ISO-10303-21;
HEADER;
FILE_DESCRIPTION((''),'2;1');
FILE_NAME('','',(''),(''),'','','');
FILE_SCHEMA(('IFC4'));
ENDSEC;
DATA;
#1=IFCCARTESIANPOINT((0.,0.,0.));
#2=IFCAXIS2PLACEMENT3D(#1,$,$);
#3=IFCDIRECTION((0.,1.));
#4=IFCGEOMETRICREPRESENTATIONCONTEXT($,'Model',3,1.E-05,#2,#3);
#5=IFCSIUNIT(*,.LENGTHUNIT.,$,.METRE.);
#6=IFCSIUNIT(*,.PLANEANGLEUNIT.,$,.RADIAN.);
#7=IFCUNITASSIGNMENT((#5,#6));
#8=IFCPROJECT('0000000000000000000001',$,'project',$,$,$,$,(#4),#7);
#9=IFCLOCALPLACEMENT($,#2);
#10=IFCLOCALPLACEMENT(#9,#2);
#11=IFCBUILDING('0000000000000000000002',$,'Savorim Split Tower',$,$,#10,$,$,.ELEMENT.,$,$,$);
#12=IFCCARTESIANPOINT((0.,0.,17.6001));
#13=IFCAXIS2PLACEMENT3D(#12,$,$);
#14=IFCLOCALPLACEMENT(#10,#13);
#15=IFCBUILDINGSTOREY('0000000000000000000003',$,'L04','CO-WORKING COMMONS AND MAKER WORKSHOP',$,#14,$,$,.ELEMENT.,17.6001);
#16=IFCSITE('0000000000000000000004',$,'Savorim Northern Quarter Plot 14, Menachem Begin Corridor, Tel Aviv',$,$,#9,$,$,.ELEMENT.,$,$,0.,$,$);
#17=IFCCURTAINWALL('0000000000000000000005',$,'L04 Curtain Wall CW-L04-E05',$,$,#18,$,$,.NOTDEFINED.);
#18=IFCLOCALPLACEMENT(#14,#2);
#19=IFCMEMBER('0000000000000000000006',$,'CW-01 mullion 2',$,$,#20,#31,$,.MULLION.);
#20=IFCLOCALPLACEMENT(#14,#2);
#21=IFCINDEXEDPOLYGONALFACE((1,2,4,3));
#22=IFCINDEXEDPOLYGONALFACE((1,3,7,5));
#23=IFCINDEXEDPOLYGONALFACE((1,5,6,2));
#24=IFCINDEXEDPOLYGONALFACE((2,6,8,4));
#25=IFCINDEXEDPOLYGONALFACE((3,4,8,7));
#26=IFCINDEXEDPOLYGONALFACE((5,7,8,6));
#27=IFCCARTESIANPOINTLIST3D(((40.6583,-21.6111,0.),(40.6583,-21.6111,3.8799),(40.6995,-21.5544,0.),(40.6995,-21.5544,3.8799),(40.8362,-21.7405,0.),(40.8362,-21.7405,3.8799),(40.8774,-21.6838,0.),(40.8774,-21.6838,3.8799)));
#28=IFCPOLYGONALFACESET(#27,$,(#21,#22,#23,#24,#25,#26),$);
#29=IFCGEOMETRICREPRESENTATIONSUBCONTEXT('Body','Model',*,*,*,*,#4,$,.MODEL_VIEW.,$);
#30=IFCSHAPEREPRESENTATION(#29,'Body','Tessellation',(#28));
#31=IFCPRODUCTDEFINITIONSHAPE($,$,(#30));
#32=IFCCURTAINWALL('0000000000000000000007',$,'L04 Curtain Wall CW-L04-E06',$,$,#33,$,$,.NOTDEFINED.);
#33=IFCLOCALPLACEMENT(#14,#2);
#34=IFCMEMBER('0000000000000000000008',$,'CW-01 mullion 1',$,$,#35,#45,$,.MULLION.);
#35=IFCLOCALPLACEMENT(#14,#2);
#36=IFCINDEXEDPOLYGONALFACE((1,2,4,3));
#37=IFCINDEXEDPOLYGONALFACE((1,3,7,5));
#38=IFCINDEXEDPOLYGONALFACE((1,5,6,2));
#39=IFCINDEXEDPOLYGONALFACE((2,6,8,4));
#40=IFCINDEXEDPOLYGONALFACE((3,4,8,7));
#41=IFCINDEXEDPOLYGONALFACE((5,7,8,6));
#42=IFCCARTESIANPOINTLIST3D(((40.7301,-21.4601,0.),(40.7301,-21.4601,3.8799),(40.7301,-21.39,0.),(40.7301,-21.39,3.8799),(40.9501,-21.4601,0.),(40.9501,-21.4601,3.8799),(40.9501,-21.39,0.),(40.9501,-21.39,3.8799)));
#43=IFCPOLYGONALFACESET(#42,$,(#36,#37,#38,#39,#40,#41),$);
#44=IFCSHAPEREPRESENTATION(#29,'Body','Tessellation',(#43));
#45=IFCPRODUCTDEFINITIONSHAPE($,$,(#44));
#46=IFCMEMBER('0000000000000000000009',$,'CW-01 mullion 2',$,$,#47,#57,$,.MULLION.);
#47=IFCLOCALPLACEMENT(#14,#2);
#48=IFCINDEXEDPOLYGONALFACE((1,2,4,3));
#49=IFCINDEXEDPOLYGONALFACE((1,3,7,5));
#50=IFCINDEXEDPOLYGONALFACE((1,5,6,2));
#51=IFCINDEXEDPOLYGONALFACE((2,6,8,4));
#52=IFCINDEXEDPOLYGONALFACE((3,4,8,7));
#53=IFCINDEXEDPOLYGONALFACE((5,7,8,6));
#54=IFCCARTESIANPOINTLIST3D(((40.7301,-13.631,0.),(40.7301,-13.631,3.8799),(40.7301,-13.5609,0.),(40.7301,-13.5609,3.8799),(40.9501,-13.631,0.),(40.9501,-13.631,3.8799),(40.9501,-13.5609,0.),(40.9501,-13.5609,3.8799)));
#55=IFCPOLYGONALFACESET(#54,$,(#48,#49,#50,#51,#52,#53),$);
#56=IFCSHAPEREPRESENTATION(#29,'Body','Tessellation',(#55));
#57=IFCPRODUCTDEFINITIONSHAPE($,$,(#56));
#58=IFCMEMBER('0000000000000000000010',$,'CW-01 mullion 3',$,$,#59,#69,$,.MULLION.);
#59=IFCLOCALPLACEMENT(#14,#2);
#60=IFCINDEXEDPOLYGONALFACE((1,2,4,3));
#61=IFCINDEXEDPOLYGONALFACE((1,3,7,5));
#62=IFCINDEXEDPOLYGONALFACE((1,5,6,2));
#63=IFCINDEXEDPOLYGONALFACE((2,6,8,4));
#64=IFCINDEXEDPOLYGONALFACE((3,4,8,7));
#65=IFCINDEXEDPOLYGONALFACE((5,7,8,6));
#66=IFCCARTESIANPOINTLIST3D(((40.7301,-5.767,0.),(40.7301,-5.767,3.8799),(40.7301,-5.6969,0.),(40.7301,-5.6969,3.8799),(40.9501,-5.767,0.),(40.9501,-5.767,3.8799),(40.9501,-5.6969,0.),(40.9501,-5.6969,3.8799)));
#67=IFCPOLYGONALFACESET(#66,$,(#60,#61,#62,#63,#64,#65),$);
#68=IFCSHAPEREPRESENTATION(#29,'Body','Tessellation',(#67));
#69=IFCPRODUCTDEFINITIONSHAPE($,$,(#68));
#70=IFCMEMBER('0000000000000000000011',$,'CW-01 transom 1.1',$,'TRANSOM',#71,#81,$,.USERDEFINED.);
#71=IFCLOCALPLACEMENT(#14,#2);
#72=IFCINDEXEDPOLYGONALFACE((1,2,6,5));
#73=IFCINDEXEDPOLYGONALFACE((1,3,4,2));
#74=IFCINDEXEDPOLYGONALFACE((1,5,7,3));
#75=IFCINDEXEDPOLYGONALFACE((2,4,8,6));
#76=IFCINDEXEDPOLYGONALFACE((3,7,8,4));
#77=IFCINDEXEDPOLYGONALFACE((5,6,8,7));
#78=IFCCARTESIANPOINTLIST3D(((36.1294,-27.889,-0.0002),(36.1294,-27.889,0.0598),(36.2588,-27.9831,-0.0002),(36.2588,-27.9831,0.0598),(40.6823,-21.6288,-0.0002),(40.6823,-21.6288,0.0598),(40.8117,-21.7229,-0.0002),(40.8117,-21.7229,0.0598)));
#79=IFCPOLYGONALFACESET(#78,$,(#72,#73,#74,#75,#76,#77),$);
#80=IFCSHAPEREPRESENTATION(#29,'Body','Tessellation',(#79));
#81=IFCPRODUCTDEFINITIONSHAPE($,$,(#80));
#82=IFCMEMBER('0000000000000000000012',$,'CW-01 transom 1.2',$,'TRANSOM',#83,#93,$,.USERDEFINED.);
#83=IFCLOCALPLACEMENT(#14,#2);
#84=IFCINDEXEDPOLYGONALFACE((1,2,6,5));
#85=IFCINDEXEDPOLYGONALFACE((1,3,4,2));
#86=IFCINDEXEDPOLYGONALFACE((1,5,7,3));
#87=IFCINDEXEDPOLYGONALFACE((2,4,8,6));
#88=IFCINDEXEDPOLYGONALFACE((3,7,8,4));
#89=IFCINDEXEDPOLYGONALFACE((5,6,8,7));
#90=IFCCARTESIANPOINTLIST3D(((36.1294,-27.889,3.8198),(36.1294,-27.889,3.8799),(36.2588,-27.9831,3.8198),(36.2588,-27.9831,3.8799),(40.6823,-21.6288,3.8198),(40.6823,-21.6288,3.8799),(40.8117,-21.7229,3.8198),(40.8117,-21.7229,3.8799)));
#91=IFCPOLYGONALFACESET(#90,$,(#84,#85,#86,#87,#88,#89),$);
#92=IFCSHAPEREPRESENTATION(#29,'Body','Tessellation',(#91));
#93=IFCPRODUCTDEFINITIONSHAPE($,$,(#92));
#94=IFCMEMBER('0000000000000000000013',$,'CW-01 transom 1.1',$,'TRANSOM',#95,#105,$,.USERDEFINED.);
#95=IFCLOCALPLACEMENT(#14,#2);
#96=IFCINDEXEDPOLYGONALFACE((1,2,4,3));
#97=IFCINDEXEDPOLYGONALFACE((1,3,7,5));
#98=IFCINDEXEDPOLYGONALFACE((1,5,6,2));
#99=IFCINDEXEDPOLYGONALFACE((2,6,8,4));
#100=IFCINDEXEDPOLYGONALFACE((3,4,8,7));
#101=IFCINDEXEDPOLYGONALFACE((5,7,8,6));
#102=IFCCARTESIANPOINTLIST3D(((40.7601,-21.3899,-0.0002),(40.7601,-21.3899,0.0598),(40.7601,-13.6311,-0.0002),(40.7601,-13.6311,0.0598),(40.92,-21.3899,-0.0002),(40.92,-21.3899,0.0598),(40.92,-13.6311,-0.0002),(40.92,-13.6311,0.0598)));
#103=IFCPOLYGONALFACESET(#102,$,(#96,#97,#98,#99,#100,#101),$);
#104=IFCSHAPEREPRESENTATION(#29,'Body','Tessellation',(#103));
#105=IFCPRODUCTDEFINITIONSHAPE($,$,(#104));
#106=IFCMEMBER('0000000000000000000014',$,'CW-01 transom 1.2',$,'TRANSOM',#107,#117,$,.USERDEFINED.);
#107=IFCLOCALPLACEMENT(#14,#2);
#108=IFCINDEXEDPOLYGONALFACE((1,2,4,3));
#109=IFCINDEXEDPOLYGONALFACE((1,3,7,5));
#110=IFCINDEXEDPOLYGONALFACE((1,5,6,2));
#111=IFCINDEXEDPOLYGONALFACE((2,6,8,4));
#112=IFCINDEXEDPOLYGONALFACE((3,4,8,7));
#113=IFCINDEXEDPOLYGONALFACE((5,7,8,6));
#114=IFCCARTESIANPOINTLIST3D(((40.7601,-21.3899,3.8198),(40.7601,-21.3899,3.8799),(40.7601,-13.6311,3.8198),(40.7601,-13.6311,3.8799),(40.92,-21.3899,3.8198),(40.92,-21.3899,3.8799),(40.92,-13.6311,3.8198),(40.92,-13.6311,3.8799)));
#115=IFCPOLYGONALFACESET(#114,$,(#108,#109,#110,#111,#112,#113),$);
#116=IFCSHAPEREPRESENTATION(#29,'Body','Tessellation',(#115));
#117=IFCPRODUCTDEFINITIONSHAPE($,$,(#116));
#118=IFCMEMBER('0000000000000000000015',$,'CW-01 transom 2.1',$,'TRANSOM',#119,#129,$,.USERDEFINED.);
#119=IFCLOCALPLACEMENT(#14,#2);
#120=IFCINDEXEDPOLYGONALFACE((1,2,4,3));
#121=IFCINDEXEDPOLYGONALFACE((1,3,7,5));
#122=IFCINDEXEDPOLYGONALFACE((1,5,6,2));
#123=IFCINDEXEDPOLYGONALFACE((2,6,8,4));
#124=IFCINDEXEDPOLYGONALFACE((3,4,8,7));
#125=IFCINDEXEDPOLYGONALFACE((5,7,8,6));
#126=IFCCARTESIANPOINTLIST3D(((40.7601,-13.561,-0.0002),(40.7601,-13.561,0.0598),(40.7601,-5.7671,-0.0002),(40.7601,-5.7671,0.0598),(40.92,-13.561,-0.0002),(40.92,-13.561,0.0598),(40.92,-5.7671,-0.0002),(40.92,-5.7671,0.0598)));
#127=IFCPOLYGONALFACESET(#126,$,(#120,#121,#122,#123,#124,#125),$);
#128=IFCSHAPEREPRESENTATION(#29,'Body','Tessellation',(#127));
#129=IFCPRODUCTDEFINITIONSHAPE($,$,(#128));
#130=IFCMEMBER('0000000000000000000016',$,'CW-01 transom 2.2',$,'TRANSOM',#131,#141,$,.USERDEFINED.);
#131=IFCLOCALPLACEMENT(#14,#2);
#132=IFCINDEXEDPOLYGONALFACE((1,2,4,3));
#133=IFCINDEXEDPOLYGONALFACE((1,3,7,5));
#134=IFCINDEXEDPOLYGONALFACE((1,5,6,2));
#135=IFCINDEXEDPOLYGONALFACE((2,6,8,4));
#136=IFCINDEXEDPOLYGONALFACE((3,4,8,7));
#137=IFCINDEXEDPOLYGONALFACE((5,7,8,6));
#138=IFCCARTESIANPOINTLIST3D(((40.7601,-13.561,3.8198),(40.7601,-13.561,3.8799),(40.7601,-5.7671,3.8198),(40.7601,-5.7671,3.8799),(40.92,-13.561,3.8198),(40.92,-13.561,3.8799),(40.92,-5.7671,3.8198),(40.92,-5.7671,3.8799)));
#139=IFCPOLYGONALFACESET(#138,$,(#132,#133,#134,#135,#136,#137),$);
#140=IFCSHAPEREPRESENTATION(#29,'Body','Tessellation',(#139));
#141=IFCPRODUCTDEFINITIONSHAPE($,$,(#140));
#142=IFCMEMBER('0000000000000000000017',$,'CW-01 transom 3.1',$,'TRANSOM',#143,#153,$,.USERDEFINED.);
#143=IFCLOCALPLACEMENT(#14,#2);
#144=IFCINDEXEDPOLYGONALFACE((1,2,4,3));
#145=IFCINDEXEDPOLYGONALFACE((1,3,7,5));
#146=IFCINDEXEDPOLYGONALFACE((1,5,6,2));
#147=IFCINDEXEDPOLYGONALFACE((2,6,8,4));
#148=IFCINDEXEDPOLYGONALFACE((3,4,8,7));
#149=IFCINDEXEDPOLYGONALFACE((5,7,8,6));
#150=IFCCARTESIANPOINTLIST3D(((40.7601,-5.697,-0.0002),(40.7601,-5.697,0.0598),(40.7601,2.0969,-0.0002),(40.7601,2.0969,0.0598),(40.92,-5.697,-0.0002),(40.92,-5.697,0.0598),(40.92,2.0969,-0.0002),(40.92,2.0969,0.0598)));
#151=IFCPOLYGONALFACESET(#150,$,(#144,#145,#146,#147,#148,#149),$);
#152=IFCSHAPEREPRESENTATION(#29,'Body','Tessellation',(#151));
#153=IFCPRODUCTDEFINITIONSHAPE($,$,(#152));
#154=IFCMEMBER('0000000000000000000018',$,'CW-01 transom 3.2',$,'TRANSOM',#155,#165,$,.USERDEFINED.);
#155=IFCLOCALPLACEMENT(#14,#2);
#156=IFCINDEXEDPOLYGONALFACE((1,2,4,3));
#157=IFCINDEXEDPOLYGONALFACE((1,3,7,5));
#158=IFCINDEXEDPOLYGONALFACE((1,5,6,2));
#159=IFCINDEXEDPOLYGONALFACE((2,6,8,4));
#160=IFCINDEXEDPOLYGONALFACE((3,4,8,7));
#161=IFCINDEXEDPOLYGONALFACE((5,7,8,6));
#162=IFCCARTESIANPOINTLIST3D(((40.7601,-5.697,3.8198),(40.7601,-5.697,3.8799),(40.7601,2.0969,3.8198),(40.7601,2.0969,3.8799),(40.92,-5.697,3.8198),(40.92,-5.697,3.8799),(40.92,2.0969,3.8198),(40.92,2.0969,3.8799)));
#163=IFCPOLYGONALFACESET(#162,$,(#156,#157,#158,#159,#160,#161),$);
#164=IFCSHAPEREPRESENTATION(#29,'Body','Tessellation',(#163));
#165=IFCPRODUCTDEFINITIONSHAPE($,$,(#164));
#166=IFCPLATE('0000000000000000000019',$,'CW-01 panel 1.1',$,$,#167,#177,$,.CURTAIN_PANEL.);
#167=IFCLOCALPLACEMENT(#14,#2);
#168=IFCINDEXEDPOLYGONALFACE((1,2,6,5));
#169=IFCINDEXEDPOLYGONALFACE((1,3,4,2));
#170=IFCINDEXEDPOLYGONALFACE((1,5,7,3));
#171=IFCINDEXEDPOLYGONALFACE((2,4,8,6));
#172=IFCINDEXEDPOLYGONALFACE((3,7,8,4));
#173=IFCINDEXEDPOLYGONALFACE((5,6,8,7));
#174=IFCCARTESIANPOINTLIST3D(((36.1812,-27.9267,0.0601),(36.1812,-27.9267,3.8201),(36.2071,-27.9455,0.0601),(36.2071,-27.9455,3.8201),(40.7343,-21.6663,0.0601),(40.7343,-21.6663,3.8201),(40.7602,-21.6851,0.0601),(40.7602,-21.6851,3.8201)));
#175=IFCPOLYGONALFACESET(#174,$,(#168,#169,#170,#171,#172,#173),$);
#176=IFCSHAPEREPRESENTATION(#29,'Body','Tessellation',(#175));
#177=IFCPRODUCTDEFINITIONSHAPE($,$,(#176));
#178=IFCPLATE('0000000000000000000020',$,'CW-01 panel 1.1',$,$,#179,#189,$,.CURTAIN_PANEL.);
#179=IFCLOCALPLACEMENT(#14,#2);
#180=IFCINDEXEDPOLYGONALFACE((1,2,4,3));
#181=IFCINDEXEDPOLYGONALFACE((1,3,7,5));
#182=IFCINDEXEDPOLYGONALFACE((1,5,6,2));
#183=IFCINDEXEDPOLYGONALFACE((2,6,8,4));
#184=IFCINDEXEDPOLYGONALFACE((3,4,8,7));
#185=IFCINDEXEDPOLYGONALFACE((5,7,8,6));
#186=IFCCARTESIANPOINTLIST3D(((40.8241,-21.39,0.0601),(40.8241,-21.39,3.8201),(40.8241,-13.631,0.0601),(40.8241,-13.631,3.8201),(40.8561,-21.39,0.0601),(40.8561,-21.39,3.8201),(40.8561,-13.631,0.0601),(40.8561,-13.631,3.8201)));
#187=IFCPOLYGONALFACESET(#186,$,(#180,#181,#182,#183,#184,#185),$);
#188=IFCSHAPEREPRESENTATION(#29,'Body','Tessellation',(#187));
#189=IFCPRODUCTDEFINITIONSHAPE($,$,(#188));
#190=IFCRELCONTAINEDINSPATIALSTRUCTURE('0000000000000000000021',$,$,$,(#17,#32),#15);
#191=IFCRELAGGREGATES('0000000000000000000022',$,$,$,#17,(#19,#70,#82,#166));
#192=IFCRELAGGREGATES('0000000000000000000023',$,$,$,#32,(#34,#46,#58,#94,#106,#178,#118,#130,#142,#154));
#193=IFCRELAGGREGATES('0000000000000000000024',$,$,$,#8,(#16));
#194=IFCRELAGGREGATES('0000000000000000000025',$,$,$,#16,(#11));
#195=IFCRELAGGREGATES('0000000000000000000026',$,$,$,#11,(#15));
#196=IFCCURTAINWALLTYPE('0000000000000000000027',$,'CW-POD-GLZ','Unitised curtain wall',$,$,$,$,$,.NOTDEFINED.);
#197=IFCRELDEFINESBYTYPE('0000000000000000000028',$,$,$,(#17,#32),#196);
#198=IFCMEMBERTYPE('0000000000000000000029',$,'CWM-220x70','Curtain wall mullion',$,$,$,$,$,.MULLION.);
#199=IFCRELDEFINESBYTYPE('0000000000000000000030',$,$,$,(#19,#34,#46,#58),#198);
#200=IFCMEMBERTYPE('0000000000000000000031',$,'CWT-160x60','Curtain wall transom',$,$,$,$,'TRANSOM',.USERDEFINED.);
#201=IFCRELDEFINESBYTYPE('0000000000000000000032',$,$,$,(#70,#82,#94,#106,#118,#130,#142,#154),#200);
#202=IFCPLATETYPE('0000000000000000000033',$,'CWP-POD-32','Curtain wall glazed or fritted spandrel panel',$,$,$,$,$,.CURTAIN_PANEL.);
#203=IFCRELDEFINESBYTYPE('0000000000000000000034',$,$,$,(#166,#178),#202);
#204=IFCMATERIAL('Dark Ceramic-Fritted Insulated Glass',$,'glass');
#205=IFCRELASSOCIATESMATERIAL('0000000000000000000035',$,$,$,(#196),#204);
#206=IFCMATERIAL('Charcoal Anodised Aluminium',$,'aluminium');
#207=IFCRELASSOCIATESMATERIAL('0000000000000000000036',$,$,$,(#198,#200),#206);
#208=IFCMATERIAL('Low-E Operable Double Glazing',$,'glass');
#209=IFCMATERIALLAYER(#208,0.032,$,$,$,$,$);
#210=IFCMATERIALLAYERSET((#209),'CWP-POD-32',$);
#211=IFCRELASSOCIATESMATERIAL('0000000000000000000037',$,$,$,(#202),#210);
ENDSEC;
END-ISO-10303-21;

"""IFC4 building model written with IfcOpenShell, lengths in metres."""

from ifc_helpers import new_model, si_unit, direction, frame, origin, origin_2d, place, context, subcontext, project, spatial, rectangle, extrude, material, layer, layer_set, material_profile, profile_set, type_object, element, aggregate, save


model = new_model("IFC4")

# Units and contexts
model_context = context("Model", 3, precision=1e-05, world=origin(), true_north=direction((0.0, 1.0)))
body_context = subcontext(model_context, "Body", "Model", "MODEL_VIEW")
ifc_project = project(units=[si_unit("LENGTHUNIT", "METRE"), si_unit("PLANEANGLEUNIT", "RADIAN")], contexts=[model_context])

# Site, building, storey
site_placement = place(None, origin())
site = spatial("IfcSite", under=ifc_project, at=site_placement, Name="Savorim Northern Quarter Plot 14, Menachem Begin Corridor, Tel Aviv", CompositionType="ELEMENT", RefElevation=0.0)
building_placement = place(site_placement, origin())
building = spatial("IfcBuilding", under=site, at=building_placement, Name="Savorim Split Tower", CompositionType="ELEMENT")
storey_placement = place(building_placement, frame((0.0, 0.0, 17.6001)))
storey = spatial("IfcBuildingStorey", under=building, at=storey_placement, Name="L04", Description="CO-WORKING COMMONS AND MAKER WORKSHOP", CompositionType="ELEMENT", Elevation=17.6001)

# Shared definitions
ifc_material_1 = material(Name="Dark Ceramic-Fritted Insulated Glass", Category="glass")
curtain_wall_type = type_object("IfcCurtainWallType", Name="CW-POD-GLZ", Description="Unitised curtain wall", PredefinedType="NOTDEFINED", material=ifc_material_1)
ifc_material_2 = material(Name="Charcoal Anodised Aluminium", Category="aluminium")
ifc_material_profile_1 = material_profile(ifc_material_2, rectangle(XDim=0.22, YDim=0.0701, at=origin_2d()), Name="ALU-M 220x70")
ifc_profile_set_1 = profile_set([ifc_material_profile_1], Name="Charcoal Anodised Aluminium")
member_type_1 = type_object("IfcMemberType", Name="CWM-220x70", Description="Curtain wall mullion", PredefinedType="MULLION", material=ifc_profile_set_1)

# Curtain walls, members
curtain_wall_1_placement = place(storey_placement, origin())
curtain_wall_1 = element("IfcCurtainWall", 1, at=curtain_wall_1_placement, inside=storey, type_object=curtain_wall_type, Name="L04 Curtain Wall CW-L04-E05", PredefinedType="NOTDEFINED")
member_1_placement = place(storey_placement, frame((40.7678, -21.6475, 0.0), z_axis=(0.0, 0.0, 1.0), x_axis=(-0.808733, 0.588176, 0.0)))
member_1 = element("IfcMember", 2, at=member_1_placement, type_object=member_type_1, Name="CW-01 mullion 2", PredefinedType="MULLION", context=body_context, shape_type="SweptSolid", body=[
    extrude(rectangle(XDim=0.22, YDim=0.0701, at=origin_2d()), origin(), (0.0, 0.0, 1.0), 3.8799),
])
curtain_wall_2_placement = place(storey_placement, origin())
curtain_wall_2 = element("IfcCurtainWall", 3, at=curtain_wall_2_placement, inside=storey, type_object=curtain_wall_type, Name="L04 Curtain Wall CW-L04-E06", PredefinedType="NOTDEFINED")
member_2_placement = place(storey_placement, frame((40.8401, -21.425, 0.0), z_axis=(0.0, 0.0, 1.0), x_axis=(-1.0, 0.0, 0.0)))
member_2 = element("IfcMember", 4, at=member_2_placement, type_object=member_type_1, Name="CW-01 mullion 1", PredefinedType="MULLION", context=body_context, shape_type="SweptSolid", body=[
    extrude(rectangle(XDim=0.22, YDim=0.0701, at=origin_2d()), origin(), (0.0, 0.0, 1.0), 3.8799),
])
member_3_placement = place(storey_placement, frame((40.8401, -13.5959, 0.0), z_axis=(0.0, 0.0, 1.0), x_axis=(-1.0, 0.0, 0.0)))
member_3 = element("IfcMember", 5, at=member_3_placement, type_object=member_type_1, Name="CW-01 mullion 2", PredefinedType="MULLION", context=body_context, shape_type="SweptSolid", body=[
    extrude(rectangle(XDim=0.22, YDim=0.0701, at=origin_2d()), origin(), (0.0, 0.0, 1.0), 3.8799),
])
member_4_placement = place(storey_placement, frame((40.8401, -5.7319, 0.0), z_axis=(0.0, 0.0, 1.0), x_axis=(-1.0, 0.0, 0.0)))
member_4 = element("IfcMember", 6, at=member_4_placement, type_object=member_type_1, Name="CW-01 mullion 3", PredefinedType="MULLION", context=body_context, shape_type="SweptSolid", body=[
    extrude(rectangle(XDim=0.22, YDim=0.0701, at=origin_2d()), origin(), (0.0, 0.0, 1.0), 3.8799),
])

# Members
ifc_material_profile_2 = material_profile(ifc_material_2, rectangle(XDim=0.1599, YDim=0.0601, at=origin_2d()), Name="ALU-T 160x60")
ifc_profile_set_2 = profile_set([ifc_material_profile_2], Name="Charcoal Anodised Aluminium")
member_type_2 = type_object("IfcMemberType", Name="CWT-160x60", Description="Curtain wall transom", ElementType="TRANSOM", PredefinedType="USERDEFINED", material=ifc_profile_set_2)
member_5_placement = place(storey_placement, frame((36.1941, -27.936, 0.0298), z_axis=(0.588177, 0.808732, 0.0), x_axis=(-0.808732, 0.588177, 0.0)))
member_5 = element("IfcMember", 7, at=member_5_placement, type_object=member_type_2, Name="CW-01 transom 1.1", ObjectType="TRANSOM", PredefinedType="USERDEFINED", context=body_context, shape_type="SweptSolid", body=[
    extrude(rectangle(XDim=0.1599, YDim=0.0601, at=origin_2d()), origin(), (0.0, 0.0, 1.0), 7.7407),
])
member_6_placement = place(storey_placement, frame((36.1941, -27.936, 3.8499), z_axis=(0.588177, 0.808732, 0.0), x_axis=(-0.808732, 0.588177, 0.0)))
member_6 = element("IfcMember", 8, at=member_6_placement, type_object=member_type_2, Name="CW-01 transom 1.2", ObjectType="TRANSOM", PredefinedType="USERDEFINED", context=body_context, shape_type="SweptSolid", body=[
    extrude(rectangle(XDim=0.1599, YDim=0.0601, at=origin_2d()), origin(), (0.0, 0.0, 1.0), 7.7407),
])
member_7_placement = place(storey_placement, frame((40.8401, -21.3899, 0.0298), z_axis=(0.0, 1.0, 0.0), x_axis=(-1.0, 0.0, 0.0)))
member_7 = element("IfcMember", 9, at=member_7_placement, type_object=member_type_2, Name="CW-01 transom 1.1", ObjectType="TRANSOM", PredefinedType="USERDEFINED", context=body_context, shape_type="SweptSolid", body=[
    extrude(rectangle(XDim=0.1599, YDim=0.0601, at=origin_2d()), origin(), (0.0, 0.0, 1.0), 7.7588),
])
member_8_placement = place(storey_placement, frame((40.8401, -21.3899, 3.8499), z_axis=(0.0, 1.0, 0.0), x_axis=(-1.0, 0.0, 0.0)))
member_8 = element("IfcMember", 10, at=member_8_placement, type_object=member_type_2, Name="CW-01 transom 1.2", ObjectType="TRANSOM", PredefinedType="USERDEFINED", context=body_context, shape_type="SweptSolid", body=[
    extrude(rectangle(XDim=0.1599, YDim=0.0601, at=origin_2d()), origin(), (0.0, 0.0, 1.0), 7.7588),
])
member_9_placement = place(storey_placement, frame((40.8401, -13.561, 0.0298), z_axis=(0.0, 1.0, 0.0), x_axis=(-1.0, 0.0, 0.0)))
member_9 = element("IfcMember", 11, at=member_9_placement, type_object=member_type_2, Name="CW-01 transom 2.1", ObjectType="TRANSOM", PredefinedType="USERDEFINED", context=body_context, shape_type="SweptSolid", body=[
    extrude(rectangle(XDim=0.1599, YDim=0.0601, at=origin_2d()), origin(), (0.0, 0.0, 1.0), 7.7939),
])
member_10_placement = place(storey_placement, frame((40.8401, -13.561, 3.8499), z_axis=(0.0, 1.0, 0.0), x_axis=(-1.0, 0.0, 0.0)))
member_10 = element("IfcMember", 12, at=member_10_placement, type_object=member_type_2, Name="CW-01 transom 2.2", ObjectType="TRANSOM", PredefinedType="USERDEFINED", context=body_context, shape_type="SweptSolid", body=[
    extrude(rectangle(XDim=0.1599, YDim=0.0601, at=origin_2d()), origin(), (0.0, 0.0, 1.0), 7.7939),
])
member_11_placement = place(storey_placement, frame((40.8401, -5.697, 0.0298), z_axis=(0.0, 1.0, 0.0), x_axis=(-1.0, 0.0, 0.0)))
member_11 = element("IfcMember", 13, at=member_11_placement, type_object=member_type_2, Name="CW-01 transom 3.1", ObjectType="TRANSOM", PredefinedType="USERDEFINED", context=body_context, shape_type="SweptSolid", body=[
    extrude(rectangle(XDim=0.1599, YDim=0.0601, at=origin_2d()), origin(), (0.0, 0.0, 1.0), 7.7939),
])
member_12_placement = place(storey_placement, frame((40.8401, -5.697, 3.8499), z_axis=(0.0, 1.0, 0.0), x_axis=(-1.0, 0.0, 0.0)))
member_12 = element("IfcMember", 14, at=member_12_placement, type_object=member_type_2, Name="CW-01 transom 3.2", ObjectType="TRANSOM", PredefinedType="USERDEFINED", context=body_context, shape_type="SweptSolid", body=[
    extrude(rectangle(XDim=0.1599, YDim=0.0601, at=origin_2d()), origin(), (0.0, 0.0, 1.0), 7.7939),
])

# Plates
ifc_material_3 = material(Name="Low-E Operable Double Glazing", Category="glass")
ifc_layer = layer(ifc_material_3, 0.032)
ifc_layer_set = layer_set([ifc_layer], Name="CWP-POD-32")
plate_type = type_object("IfcPlateType", Name="CWP-POD-32", Description="Curtain wall glazed or fritted spandrel panel", PredefinedType="CURTAIN_PANEL", material=ifc_layer_set)
plate_1_placement = place(storey_placement, frame((38.4707, -24.8059, 0.0601), z_axis=(0.0, 0.0, 1.0), x_axis=(0.588176, 0.808733, 0.0)))
plate_1 = element("IfcPlate", 15, at=plate_1_placement, type_object=plate_type, Name="CW-01 panel 1.1", PredefinedType="CURTAIN_PANEL", context=body_context, shape_type="SweptSolid", body=[
    extrude(rectangle(XDim=7.741, YDim=0.032, at=origin_2d()), origin(), (0.0, 0.0, 1.0), 3.76),
])
aggregate(curtain_wall_1, [member_1, member_5, member_6, plate_1])
plate_2_placement = place(storey_placement, frame((40.8401, -17.5105, 0.0601), z_axis=(0.0, 0.0, 1.0), x_axis=(0.0, 1.0, 0.0)))
plate_2 = element("IfcPlate", 16, at=plate_2_placement, type_object=plate_type, Name="CW-01 panel 1.1", PredefinedType="CURTAIN_PANEL", context=body_context, shape_type="SweptSolid", body=[
    extrude(rectangle(XDim=7.759, YDim=0.032, at=origin_2d()), origin(), (0.0, 0.0, 1.0), 3.76),
])
aggregate(curtain_wall_2, [member_2, member_3, member_4, member_7, member_8, plate_2, member_9, member_10, member_11, member_12])

save(model, "model.ifc")
